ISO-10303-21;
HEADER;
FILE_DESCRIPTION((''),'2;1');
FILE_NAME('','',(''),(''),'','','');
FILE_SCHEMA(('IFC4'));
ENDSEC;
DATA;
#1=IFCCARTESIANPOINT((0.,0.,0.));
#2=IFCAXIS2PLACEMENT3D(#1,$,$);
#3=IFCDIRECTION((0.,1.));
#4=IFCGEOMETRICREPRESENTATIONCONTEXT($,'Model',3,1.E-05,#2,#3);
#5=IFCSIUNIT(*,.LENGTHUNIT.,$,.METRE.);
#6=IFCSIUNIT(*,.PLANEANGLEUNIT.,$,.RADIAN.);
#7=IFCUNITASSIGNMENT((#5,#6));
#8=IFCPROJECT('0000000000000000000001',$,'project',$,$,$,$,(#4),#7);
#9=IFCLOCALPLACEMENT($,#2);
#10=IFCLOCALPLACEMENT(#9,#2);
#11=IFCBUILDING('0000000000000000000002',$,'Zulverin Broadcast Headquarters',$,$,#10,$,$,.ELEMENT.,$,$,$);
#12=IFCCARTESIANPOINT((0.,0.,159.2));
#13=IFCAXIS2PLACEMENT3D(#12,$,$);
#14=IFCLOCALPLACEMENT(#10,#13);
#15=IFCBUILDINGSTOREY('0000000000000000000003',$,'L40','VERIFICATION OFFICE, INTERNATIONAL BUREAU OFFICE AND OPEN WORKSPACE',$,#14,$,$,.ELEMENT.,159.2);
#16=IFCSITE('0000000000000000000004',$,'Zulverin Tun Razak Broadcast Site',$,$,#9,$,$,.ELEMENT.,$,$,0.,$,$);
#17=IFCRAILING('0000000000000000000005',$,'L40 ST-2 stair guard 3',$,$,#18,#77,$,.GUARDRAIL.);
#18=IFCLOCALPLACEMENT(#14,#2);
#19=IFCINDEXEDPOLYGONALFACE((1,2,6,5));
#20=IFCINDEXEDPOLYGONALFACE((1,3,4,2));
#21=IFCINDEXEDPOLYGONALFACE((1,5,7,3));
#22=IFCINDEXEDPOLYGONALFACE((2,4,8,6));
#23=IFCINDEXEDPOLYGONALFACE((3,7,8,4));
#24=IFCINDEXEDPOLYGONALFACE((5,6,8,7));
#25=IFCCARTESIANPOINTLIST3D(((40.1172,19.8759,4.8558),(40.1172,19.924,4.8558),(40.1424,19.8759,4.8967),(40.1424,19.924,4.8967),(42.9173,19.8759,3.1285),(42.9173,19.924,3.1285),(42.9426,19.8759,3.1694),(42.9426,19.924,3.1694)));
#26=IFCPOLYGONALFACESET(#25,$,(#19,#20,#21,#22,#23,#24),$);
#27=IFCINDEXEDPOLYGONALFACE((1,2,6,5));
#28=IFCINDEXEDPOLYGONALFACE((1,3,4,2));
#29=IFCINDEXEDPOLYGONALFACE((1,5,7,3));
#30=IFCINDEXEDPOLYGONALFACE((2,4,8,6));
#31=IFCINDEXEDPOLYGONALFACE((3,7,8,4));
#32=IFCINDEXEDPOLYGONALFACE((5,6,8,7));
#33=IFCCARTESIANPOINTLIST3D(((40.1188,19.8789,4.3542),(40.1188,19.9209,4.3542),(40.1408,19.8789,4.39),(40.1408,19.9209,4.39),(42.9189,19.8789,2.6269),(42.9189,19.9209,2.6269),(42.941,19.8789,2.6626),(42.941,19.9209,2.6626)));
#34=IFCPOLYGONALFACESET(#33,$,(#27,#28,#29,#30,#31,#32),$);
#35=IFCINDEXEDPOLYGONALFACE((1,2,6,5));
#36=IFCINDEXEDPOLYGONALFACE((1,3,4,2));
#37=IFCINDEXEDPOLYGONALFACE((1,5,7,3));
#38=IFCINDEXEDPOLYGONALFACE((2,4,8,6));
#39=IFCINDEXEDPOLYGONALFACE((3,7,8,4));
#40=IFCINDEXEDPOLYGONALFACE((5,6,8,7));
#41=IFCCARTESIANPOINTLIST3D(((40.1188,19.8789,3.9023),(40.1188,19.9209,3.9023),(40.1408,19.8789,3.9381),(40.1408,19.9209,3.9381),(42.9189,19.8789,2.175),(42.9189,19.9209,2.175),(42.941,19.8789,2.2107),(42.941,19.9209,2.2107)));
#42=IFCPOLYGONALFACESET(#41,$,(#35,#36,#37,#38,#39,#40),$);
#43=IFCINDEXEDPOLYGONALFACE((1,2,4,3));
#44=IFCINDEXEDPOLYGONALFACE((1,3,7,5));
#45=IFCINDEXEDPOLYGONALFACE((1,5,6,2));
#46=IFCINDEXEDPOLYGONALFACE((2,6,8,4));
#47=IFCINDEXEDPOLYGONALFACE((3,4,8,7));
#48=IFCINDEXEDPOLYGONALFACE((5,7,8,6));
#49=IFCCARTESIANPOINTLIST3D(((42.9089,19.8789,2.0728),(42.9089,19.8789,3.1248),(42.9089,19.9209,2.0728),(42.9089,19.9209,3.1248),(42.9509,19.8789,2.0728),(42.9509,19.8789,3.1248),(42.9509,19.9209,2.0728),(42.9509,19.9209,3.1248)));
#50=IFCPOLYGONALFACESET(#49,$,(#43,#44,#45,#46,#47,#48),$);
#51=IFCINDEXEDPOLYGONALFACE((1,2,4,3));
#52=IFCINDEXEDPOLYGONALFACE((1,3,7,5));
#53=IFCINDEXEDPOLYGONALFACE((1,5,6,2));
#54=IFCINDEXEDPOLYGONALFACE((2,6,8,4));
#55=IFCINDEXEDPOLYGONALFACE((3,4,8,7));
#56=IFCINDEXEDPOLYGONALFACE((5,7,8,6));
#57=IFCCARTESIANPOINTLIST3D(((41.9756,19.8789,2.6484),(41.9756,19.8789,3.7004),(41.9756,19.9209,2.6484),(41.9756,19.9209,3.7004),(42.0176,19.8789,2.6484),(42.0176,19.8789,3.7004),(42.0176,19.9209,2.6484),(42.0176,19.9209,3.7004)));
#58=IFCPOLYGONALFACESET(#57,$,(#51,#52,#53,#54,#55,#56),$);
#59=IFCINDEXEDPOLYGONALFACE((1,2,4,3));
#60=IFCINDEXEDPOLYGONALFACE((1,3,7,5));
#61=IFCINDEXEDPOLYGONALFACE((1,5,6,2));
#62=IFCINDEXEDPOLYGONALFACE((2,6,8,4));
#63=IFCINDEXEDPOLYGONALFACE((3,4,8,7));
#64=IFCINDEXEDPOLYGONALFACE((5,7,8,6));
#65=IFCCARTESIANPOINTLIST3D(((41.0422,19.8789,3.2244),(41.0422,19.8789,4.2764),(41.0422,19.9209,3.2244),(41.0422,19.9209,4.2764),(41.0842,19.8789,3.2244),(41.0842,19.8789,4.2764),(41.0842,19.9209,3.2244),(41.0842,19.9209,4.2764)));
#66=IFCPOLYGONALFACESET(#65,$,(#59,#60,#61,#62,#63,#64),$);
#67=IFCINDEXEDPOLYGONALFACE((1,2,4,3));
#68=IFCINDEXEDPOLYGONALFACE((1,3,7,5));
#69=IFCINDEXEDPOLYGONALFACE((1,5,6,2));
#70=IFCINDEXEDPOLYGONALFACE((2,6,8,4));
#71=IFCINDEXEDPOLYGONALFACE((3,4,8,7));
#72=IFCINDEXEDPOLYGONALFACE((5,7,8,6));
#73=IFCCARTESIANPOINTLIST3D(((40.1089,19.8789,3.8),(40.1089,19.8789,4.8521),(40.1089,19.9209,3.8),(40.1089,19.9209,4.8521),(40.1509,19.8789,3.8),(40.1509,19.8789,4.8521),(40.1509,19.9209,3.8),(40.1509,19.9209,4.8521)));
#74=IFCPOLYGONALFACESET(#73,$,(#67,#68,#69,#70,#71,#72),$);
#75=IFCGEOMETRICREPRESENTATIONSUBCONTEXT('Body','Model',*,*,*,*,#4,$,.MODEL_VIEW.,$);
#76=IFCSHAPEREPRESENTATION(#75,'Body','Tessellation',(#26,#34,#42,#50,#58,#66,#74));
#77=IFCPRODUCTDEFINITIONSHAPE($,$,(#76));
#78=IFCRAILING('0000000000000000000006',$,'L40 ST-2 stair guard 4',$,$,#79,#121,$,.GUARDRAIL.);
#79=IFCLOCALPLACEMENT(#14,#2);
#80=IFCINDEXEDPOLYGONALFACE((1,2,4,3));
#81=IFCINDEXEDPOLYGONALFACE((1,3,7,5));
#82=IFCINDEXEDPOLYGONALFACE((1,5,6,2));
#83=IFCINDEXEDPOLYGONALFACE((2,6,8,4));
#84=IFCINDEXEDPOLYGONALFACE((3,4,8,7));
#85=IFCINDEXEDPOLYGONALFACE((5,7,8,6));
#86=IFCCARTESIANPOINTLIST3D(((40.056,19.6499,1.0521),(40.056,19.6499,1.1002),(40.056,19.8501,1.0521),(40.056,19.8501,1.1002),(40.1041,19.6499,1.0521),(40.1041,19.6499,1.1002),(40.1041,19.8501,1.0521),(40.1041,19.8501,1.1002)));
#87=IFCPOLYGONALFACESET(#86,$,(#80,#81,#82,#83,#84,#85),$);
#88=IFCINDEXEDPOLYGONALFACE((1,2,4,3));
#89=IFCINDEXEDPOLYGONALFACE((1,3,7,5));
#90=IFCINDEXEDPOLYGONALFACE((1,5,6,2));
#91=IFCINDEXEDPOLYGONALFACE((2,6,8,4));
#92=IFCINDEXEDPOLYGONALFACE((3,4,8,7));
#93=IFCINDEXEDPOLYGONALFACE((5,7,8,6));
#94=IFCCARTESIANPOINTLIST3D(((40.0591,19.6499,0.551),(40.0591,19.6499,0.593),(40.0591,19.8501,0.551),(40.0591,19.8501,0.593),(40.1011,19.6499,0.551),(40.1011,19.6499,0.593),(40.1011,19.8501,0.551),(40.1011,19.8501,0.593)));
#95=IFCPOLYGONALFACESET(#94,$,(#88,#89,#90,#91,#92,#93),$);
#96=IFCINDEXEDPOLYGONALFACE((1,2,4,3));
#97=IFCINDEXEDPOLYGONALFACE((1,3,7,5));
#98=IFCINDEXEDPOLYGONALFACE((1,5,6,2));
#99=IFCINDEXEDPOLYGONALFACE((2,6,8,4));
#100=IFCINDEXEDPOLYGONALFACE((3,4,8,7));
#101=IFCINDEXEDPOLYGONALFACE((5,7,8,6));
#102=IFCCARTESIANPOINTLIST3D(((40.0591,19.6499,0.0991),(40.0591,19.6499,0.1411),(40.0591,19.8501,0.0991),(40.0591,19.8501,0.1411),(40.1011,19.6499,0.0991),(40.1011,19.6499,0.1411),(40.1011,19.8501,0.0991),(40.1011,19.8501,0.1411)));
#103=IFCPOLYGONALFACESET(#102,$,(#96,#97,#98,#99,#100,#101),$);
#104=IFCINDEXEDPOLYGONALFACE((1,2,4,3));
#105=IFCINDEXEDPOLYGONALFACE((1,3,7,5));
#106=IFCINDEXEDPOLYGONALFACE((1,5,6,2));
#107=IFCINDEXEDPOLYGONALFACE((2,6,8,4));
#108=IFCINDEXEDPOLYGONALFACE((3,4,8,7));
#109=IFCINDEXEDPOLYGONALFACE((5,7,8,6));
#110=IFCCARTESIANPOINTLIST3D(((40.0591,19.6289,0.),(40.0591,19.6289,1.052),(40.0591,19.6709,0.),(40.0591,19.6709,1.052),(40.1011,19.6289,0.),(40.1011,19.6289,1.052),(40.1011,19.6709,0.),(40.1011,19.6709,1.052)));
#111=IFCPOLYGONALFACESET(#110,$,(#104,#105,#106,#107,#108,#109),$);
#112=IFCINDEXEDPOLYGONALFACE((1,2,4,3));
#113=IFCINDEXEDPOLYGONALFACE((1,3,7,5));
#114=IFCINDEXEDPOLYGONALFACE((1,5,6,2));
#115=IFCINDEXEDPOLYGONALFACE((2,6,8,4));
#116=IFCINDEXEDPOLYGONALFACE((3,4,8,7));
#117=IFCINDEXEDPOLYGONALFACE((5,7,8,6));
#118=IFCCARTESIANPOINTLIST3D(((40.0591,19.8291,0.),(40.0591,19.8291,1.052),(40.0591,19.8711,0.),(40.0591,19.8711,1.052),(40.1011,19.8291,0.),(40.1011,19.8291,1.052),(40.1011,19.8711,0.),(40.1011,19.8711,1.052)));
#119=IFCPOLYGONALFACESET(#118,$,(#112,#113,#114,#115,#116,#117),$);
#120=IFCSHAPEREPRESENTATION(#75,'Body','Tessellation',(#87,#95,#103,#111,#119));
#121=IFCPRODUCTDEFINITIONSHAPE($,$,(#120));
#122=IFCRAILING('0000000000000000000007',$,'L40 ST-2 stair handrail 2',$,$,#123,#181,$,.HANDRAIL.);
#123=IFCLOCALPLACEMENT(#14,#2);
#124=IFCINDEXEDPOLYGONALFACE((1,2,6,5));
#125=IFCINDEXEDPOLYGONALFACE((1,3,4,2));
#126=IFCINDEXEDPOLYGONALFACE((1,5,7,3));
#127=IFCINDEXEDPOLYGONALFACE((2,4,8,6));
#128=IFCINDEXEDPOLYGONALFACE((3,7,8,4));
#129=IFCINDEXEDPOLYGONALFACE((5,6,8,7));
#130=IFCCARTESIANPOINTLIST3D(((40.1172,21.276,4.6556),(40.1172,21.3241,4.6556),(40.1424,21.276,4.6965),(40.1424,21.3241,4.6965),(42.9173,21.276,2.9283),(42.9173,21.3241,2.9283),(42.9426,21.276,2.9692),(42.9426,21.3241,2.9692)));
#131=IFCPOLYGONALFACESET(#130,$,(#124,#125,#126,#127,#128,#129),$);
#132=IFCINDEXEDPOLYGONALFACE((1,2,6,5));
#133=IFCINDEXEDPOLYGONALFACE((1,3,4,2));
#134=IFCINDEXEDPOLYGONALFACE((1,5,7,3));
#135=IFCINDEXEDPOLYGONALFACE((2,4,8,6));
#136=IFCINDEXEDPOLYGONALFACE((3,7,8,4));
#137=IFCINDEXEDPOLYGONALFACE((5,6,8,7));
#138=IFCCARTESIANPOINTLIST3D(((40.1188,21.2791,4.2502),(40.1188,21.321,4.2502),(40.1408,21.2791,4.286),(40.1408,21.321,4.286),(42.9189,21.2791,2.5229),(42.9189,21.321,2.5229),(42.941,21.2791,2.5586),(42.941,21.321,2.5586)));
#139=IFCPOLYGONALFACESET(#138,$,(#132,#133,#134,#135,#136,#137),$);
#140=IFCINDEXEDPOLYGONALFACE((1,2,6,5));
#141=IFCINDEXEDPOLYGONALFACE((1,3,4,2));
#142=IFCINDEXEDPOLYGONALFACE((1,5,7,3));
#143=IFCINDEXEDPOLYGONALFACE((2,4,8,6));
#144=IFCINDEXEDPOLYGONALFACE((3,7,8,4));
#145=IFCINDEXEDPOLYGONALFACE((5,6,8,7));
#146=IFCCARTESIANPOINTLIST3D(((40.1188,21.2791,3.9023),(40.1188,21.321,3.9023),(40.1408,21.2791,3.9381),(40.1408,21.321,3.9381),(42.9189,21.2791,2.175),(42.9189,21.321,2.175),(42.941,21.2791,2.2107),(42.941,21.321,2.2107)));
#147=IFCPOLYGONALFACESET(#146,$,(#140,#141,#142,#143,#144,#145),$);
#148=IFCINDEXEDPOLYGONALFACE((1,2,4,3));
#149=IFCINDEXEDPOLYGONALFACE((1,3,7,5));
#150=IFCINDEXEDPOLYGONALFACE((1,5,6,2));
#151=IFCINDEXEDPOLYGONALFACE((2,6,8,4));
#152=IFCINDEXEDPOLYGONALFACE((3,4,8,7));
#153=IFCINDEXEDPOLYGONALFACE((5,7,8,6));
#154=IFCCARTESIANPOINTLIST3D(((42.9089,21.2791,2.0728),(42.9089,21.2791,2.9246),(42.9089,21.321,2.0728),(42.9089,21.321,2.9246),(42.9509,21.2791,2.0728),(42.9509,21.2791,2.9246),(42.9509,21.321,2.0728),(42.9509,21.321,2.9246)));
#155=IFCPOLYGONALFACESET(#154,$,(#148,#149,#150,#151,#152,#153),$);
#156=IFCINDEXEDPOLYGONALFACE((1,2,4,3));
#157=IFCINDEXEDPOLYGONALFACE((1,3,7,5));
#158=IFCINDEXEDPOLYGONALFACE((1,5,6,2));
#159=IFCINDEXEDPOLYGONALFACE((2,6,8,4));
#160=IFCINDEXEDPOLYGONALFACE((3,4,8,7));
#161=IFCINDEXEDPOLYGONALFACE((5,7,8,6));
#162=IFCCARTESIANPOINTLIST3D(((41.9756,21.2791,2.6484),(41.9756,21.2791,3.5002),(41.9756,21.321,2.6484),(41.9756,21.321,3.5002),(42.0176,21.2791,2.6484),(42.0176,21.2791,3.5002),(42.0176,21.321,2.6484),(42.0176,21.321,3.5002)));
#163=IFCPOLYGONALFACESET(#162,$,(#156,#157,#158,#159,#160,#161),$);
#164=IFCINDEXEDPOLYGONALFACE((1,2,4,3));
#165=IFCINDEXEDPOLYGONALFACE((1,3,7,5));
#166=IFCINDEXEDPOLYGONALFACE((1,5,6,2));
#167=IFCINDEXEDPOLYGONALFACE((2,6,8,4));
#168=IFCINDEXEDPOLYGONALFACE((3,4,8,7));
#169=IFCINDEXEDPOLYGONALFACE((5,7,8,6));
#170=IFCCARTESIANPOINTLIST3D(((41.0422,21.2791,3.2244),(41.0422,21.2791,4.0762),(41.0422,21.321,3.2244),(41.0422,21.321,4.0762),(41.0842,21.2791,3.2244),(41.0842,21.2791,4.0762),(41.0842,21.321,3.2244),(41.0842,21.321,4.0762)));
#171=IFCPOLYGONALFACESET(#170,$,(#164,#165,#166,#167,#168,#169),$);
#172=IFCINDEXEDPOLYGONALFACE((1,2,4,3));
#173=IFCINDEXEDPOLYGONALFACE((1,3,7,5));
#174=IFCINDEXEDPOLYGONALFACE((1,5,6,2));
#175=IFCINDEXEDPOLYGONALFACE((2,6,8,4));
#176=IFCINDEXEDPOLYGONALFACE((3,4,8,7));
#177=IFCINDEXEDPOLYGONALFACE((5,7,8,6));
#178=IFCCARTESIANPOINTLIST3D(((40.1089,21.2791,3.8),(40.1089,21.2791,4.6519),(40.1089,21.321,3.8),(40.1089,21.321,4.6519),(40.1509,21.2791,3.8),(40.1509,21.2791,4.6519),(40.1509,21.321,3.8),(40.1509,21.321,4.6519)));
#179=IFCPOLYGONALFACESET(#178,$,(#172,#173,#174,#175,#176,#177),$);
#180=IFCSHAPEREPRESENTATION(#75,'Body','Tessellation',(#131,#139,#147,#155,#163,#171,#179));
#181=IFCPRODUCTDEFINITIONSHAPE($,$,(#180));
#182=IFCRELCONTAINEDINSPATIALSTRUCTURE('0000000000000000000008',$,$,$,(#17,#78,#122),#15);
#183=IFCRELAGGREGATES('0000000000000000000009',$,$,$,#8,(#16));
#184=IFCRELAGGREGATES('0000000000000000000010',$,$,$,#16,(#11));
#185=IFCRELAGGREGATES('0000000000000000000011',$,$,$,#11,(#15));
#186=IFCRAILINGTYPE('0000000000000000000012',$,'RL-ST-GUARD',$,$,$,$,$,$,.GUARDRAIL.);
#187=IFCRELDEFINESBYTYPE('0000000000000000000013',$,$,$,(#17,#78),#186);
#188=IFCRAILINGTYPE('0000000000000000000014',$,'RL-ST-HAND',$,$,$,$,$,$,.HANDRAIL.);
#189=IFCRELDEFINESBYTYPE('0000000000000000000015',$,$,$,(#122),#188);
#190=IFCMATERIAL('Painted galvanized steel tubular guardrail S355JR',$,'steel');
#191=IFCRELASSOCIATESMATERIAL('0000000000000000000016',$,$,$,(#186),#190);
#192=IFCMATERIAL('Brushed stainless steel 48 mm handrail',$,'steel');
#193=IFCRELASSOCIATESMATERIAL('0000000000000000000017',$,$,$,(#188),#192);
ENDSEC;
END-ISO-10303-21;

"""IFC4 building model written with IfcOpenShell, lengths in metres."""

from ifc_helpers import new_model, si_unit, direction, frame, origin, origin_2d, place, context, subcontext, project, spatial, rectangle, extrude, material, type_object, element, save


model = new_model("IFC4")

# Units and contexts
model_context = context("Model", 3, precision=1e-05, world=origin(), true_north=direction((0.0, 1.0)))
body_context = subcontext(model_context, "Body", "Model", "MODEL_VIEW")
ifc_project = project(units=[si_unit("LENGTHUNIT", "METRE"), si_unit("PLANEANGLEUNIT", "RADIAN")], contexts=[model_context])

# Site, building, storey
site_placement = place(None, origin())
site = spatial("IfcSite", under=ifc_project, at=site_placement, Name="Zulverin Tun Razak Broadcast Site", CompositionType="ELEMENT", RefElevation=0.0)
building_placement = place(site_placement, origin())
building = spatial("IfcBuilding", under=site, at=building_placement, Name="Zulverin Broadcast Headquarters", CompositionType="ELEMENT")
storey_placement = place(building_placement, frame((0.0, 0.0, 159.2)))
storey = spatial("IfcBuildingStorey", under=building, at=storey_placement, Name="L40", Description="VERIFICATION OFFICE, INTERNATIONAL BUREAU OFFICE AND OPEN WORKSPACE", CompositionType="ELEMENT", Elevation=159.2)

# Railings
ifc_material_1 = material(Name="Painted galvanized steel tubular guardrail S355JR", Category="steel")
railing_type_1 = type_object("IfcRailingType", Name="RL-ST-GUARD", PredefinedType="GUARDRAIL", material=ifc_material_1)
railing_1_placement = place(storey_placement, frame((42.9299, 19.8999, 2.0728)))
element("IfcRailing", 1, at=railing_1_placement, inside=storey, type_object=railing_type_1, Name="L40 ST-2 stair guard 3", PredefinedType="GUARDRAIL", context=body_context, shape_type="SweptSolid", body=[
    extrude(rectangle(XDim=0.0481, YDim=0.0481, at=origin_2d()), frame((0.0, 0.0, 1.0762), z_axis=(-0.85109, 0.0, 0.52502), x_axis=(0.0, -1.0, 0.0)), (0.0, 0.0, 1.0), 3.29),
    extrude(rectangle(XDim=0.042, YDim=0.042, at=origin_2d()), frame((0.0, 0.0, 0.572), z_axis=(-0.85109, 0.0, 0.52502), x_axis=(0.0, -1.0, 0.0)), (0.0, 0.0, 1.0), 3.29),
    extrude(rectangle(XDim=0.042, YDim=0.042, at=origin_2d()), frame((0.0, 0.0, 0.1201), z_axis=(-0.85109, 0.0, 0.52502), x_axis=(0.0, -1.0, 0.0)), (0.0, 0.0, 1.0), 3.29),
    extrude(rectangle(XDim=0.042, YDim=0.042, at=origin_2d()), origin(), (0.0, 0.0, 1.0), 1.052),
    extrude(rectangle(XDim=0.042, YDim=0.042, at=origin_2d()), frame((-0.9333, 0.0, 0.5757)), (0.0, 0.0, 1.0), 1.052),
    extrude(rectangle(XDim=0.042, YDim=0.042, at=origin_2d()), frame((-1.8667, 0.0, 1.1516)), (0.0, 0.0, 1.0), 1.052),
    extrude(rectangle(XDim=0.042, YDim=0.042, at=origin_2d()), frame((-2.8, 0.0, 1.7273)), (0.0, 0.0, 1.0), 1.052),
])
railing_2_placement = place(storey_placement, frame((40.0801, 19.6499, 0.0)))
element("IfcRailing", 2, at=railing_2_placement, inside=storey, type_object=railing_type_1, Name="L40 ST-2 stair guard 4", PredefinedType="GUARDRAIL", context=body_context, shape_type="SweptSolid", body=[
    extrude(rectangle(XDim=0.0481, YDim=0.0481, at=origin_2d()), frame((0.0, 0.0, 1.0762), z_axis=(0.0, 1.0, 0.0), x_axis=(-1.0, 0.0, 0.0)), (0.0, 0.0, 1.0), 0.2002),
    extrude(rectangle(XDim=0.042, YDim=0.042, at=origin_2d()), frame((0.0, 0.0, 0.572), z_axis=(0.0, 1.0, 0.0), x_axis=(-1.0, 0.0, 0.0)), (0.0, 0.0, 1.0), 0.2002),
    extrude(rectangle(XDim=0.042, YDim=0.042, at=origin_2d()), frame((0.0, 0.0, 0.1201), z_axis=(0.0, 1.0, 0.0), x_axis=(-1.0, 0.0, 0.0)), (0.0, 0.0, 1.0), 0.2002),
    extrude(rectangle(XDim=0.042, YDim=0.042, at=origin_2d()), origin(), (0.0, 0.0, 1.0), 1.052),
    extrude(rectangle(XDim=0.042, YDim=0.042, at=origin_2d()), frame((0.0, 0.2002, 0.0)), (0.0, 0.0, 1.0), 1.052),
])
ifc_material_2 = material(Name="Brushed stainless steel 48 mm handrail", Category="steel")
railing_type_2 = type_object("IfcRailingType", Name="RL-ST-HAND", PredefinedType="HANDRAIL", material=ifc_material_2)
railing_3_placement = place(storey_placement, frame((42.9299, 21.3, 2.0728)))
element("IfcRailing", 3, at=railing_3_placement, inside=storey, type_object=railing_type_2, Name="L40 ST-2 stair handrail 2", PredefinedType="HANDRAIL", context=body_context, shape_type="SweptSolid", body=[
    extrude(rectangle(XDim=0.0481, YDim=0.0481, at=origin_2d()), frame((0.0, 0.0, 0.876), z_axis=(-0.85109, 0.0, 0.52502), x_axis=(0.0, -1.0, 0.0)), (0.0, 0.0, 1.0), 3.29),
    extrude(rectangle(XDim=0.042, YDim=0.042, at=origin_2d()), frame((0.0, 0.0, 0.468), z_axis=(-0.85109, 0.0, 0.52502), x_axis=(0.0, -1.0, 0.0)), (0.0, 0.0, 1.0), 3.29),
    extrude(rectangle(XDim=0.042, YDim=0.042, at=origin_2d()), frame((0.0, 0.0, 0.1201), z_axis=(-0.85109, 0.0, 0.52502), x_axis=(0.0, -1.0, 0.0)), (0.0, 0.0, 1.0), 3.29),
    extrude(rectangle(XDim=0.042, YDim=0.042, at=origin_2d()), origin(), (0.0, 0.0, 1.0), 0.8518),
    extrude(rectangle(XDim=0.042, YDim=0.042, at=origin_2d()), frame((-0.9333, 0.0, 0.5757)), (0.0, 0.0, 1.0), 0.8518),
    extrude(rectangle(XDim=0.042, YDim=0.042, at=origin_2d()), frame((-1.8667, 0.0, 1.1516)), (0.0, 0.0, 1.0), 0.8518),
    extrude(rectangle(XDim=0.042, YDim=0.042, at=origin_2d()), frame((-2.8, 0.0, 1.7273)), (0.0, 0.0, 1.0), 0.8518),
])

save(model, "model.ifc")
